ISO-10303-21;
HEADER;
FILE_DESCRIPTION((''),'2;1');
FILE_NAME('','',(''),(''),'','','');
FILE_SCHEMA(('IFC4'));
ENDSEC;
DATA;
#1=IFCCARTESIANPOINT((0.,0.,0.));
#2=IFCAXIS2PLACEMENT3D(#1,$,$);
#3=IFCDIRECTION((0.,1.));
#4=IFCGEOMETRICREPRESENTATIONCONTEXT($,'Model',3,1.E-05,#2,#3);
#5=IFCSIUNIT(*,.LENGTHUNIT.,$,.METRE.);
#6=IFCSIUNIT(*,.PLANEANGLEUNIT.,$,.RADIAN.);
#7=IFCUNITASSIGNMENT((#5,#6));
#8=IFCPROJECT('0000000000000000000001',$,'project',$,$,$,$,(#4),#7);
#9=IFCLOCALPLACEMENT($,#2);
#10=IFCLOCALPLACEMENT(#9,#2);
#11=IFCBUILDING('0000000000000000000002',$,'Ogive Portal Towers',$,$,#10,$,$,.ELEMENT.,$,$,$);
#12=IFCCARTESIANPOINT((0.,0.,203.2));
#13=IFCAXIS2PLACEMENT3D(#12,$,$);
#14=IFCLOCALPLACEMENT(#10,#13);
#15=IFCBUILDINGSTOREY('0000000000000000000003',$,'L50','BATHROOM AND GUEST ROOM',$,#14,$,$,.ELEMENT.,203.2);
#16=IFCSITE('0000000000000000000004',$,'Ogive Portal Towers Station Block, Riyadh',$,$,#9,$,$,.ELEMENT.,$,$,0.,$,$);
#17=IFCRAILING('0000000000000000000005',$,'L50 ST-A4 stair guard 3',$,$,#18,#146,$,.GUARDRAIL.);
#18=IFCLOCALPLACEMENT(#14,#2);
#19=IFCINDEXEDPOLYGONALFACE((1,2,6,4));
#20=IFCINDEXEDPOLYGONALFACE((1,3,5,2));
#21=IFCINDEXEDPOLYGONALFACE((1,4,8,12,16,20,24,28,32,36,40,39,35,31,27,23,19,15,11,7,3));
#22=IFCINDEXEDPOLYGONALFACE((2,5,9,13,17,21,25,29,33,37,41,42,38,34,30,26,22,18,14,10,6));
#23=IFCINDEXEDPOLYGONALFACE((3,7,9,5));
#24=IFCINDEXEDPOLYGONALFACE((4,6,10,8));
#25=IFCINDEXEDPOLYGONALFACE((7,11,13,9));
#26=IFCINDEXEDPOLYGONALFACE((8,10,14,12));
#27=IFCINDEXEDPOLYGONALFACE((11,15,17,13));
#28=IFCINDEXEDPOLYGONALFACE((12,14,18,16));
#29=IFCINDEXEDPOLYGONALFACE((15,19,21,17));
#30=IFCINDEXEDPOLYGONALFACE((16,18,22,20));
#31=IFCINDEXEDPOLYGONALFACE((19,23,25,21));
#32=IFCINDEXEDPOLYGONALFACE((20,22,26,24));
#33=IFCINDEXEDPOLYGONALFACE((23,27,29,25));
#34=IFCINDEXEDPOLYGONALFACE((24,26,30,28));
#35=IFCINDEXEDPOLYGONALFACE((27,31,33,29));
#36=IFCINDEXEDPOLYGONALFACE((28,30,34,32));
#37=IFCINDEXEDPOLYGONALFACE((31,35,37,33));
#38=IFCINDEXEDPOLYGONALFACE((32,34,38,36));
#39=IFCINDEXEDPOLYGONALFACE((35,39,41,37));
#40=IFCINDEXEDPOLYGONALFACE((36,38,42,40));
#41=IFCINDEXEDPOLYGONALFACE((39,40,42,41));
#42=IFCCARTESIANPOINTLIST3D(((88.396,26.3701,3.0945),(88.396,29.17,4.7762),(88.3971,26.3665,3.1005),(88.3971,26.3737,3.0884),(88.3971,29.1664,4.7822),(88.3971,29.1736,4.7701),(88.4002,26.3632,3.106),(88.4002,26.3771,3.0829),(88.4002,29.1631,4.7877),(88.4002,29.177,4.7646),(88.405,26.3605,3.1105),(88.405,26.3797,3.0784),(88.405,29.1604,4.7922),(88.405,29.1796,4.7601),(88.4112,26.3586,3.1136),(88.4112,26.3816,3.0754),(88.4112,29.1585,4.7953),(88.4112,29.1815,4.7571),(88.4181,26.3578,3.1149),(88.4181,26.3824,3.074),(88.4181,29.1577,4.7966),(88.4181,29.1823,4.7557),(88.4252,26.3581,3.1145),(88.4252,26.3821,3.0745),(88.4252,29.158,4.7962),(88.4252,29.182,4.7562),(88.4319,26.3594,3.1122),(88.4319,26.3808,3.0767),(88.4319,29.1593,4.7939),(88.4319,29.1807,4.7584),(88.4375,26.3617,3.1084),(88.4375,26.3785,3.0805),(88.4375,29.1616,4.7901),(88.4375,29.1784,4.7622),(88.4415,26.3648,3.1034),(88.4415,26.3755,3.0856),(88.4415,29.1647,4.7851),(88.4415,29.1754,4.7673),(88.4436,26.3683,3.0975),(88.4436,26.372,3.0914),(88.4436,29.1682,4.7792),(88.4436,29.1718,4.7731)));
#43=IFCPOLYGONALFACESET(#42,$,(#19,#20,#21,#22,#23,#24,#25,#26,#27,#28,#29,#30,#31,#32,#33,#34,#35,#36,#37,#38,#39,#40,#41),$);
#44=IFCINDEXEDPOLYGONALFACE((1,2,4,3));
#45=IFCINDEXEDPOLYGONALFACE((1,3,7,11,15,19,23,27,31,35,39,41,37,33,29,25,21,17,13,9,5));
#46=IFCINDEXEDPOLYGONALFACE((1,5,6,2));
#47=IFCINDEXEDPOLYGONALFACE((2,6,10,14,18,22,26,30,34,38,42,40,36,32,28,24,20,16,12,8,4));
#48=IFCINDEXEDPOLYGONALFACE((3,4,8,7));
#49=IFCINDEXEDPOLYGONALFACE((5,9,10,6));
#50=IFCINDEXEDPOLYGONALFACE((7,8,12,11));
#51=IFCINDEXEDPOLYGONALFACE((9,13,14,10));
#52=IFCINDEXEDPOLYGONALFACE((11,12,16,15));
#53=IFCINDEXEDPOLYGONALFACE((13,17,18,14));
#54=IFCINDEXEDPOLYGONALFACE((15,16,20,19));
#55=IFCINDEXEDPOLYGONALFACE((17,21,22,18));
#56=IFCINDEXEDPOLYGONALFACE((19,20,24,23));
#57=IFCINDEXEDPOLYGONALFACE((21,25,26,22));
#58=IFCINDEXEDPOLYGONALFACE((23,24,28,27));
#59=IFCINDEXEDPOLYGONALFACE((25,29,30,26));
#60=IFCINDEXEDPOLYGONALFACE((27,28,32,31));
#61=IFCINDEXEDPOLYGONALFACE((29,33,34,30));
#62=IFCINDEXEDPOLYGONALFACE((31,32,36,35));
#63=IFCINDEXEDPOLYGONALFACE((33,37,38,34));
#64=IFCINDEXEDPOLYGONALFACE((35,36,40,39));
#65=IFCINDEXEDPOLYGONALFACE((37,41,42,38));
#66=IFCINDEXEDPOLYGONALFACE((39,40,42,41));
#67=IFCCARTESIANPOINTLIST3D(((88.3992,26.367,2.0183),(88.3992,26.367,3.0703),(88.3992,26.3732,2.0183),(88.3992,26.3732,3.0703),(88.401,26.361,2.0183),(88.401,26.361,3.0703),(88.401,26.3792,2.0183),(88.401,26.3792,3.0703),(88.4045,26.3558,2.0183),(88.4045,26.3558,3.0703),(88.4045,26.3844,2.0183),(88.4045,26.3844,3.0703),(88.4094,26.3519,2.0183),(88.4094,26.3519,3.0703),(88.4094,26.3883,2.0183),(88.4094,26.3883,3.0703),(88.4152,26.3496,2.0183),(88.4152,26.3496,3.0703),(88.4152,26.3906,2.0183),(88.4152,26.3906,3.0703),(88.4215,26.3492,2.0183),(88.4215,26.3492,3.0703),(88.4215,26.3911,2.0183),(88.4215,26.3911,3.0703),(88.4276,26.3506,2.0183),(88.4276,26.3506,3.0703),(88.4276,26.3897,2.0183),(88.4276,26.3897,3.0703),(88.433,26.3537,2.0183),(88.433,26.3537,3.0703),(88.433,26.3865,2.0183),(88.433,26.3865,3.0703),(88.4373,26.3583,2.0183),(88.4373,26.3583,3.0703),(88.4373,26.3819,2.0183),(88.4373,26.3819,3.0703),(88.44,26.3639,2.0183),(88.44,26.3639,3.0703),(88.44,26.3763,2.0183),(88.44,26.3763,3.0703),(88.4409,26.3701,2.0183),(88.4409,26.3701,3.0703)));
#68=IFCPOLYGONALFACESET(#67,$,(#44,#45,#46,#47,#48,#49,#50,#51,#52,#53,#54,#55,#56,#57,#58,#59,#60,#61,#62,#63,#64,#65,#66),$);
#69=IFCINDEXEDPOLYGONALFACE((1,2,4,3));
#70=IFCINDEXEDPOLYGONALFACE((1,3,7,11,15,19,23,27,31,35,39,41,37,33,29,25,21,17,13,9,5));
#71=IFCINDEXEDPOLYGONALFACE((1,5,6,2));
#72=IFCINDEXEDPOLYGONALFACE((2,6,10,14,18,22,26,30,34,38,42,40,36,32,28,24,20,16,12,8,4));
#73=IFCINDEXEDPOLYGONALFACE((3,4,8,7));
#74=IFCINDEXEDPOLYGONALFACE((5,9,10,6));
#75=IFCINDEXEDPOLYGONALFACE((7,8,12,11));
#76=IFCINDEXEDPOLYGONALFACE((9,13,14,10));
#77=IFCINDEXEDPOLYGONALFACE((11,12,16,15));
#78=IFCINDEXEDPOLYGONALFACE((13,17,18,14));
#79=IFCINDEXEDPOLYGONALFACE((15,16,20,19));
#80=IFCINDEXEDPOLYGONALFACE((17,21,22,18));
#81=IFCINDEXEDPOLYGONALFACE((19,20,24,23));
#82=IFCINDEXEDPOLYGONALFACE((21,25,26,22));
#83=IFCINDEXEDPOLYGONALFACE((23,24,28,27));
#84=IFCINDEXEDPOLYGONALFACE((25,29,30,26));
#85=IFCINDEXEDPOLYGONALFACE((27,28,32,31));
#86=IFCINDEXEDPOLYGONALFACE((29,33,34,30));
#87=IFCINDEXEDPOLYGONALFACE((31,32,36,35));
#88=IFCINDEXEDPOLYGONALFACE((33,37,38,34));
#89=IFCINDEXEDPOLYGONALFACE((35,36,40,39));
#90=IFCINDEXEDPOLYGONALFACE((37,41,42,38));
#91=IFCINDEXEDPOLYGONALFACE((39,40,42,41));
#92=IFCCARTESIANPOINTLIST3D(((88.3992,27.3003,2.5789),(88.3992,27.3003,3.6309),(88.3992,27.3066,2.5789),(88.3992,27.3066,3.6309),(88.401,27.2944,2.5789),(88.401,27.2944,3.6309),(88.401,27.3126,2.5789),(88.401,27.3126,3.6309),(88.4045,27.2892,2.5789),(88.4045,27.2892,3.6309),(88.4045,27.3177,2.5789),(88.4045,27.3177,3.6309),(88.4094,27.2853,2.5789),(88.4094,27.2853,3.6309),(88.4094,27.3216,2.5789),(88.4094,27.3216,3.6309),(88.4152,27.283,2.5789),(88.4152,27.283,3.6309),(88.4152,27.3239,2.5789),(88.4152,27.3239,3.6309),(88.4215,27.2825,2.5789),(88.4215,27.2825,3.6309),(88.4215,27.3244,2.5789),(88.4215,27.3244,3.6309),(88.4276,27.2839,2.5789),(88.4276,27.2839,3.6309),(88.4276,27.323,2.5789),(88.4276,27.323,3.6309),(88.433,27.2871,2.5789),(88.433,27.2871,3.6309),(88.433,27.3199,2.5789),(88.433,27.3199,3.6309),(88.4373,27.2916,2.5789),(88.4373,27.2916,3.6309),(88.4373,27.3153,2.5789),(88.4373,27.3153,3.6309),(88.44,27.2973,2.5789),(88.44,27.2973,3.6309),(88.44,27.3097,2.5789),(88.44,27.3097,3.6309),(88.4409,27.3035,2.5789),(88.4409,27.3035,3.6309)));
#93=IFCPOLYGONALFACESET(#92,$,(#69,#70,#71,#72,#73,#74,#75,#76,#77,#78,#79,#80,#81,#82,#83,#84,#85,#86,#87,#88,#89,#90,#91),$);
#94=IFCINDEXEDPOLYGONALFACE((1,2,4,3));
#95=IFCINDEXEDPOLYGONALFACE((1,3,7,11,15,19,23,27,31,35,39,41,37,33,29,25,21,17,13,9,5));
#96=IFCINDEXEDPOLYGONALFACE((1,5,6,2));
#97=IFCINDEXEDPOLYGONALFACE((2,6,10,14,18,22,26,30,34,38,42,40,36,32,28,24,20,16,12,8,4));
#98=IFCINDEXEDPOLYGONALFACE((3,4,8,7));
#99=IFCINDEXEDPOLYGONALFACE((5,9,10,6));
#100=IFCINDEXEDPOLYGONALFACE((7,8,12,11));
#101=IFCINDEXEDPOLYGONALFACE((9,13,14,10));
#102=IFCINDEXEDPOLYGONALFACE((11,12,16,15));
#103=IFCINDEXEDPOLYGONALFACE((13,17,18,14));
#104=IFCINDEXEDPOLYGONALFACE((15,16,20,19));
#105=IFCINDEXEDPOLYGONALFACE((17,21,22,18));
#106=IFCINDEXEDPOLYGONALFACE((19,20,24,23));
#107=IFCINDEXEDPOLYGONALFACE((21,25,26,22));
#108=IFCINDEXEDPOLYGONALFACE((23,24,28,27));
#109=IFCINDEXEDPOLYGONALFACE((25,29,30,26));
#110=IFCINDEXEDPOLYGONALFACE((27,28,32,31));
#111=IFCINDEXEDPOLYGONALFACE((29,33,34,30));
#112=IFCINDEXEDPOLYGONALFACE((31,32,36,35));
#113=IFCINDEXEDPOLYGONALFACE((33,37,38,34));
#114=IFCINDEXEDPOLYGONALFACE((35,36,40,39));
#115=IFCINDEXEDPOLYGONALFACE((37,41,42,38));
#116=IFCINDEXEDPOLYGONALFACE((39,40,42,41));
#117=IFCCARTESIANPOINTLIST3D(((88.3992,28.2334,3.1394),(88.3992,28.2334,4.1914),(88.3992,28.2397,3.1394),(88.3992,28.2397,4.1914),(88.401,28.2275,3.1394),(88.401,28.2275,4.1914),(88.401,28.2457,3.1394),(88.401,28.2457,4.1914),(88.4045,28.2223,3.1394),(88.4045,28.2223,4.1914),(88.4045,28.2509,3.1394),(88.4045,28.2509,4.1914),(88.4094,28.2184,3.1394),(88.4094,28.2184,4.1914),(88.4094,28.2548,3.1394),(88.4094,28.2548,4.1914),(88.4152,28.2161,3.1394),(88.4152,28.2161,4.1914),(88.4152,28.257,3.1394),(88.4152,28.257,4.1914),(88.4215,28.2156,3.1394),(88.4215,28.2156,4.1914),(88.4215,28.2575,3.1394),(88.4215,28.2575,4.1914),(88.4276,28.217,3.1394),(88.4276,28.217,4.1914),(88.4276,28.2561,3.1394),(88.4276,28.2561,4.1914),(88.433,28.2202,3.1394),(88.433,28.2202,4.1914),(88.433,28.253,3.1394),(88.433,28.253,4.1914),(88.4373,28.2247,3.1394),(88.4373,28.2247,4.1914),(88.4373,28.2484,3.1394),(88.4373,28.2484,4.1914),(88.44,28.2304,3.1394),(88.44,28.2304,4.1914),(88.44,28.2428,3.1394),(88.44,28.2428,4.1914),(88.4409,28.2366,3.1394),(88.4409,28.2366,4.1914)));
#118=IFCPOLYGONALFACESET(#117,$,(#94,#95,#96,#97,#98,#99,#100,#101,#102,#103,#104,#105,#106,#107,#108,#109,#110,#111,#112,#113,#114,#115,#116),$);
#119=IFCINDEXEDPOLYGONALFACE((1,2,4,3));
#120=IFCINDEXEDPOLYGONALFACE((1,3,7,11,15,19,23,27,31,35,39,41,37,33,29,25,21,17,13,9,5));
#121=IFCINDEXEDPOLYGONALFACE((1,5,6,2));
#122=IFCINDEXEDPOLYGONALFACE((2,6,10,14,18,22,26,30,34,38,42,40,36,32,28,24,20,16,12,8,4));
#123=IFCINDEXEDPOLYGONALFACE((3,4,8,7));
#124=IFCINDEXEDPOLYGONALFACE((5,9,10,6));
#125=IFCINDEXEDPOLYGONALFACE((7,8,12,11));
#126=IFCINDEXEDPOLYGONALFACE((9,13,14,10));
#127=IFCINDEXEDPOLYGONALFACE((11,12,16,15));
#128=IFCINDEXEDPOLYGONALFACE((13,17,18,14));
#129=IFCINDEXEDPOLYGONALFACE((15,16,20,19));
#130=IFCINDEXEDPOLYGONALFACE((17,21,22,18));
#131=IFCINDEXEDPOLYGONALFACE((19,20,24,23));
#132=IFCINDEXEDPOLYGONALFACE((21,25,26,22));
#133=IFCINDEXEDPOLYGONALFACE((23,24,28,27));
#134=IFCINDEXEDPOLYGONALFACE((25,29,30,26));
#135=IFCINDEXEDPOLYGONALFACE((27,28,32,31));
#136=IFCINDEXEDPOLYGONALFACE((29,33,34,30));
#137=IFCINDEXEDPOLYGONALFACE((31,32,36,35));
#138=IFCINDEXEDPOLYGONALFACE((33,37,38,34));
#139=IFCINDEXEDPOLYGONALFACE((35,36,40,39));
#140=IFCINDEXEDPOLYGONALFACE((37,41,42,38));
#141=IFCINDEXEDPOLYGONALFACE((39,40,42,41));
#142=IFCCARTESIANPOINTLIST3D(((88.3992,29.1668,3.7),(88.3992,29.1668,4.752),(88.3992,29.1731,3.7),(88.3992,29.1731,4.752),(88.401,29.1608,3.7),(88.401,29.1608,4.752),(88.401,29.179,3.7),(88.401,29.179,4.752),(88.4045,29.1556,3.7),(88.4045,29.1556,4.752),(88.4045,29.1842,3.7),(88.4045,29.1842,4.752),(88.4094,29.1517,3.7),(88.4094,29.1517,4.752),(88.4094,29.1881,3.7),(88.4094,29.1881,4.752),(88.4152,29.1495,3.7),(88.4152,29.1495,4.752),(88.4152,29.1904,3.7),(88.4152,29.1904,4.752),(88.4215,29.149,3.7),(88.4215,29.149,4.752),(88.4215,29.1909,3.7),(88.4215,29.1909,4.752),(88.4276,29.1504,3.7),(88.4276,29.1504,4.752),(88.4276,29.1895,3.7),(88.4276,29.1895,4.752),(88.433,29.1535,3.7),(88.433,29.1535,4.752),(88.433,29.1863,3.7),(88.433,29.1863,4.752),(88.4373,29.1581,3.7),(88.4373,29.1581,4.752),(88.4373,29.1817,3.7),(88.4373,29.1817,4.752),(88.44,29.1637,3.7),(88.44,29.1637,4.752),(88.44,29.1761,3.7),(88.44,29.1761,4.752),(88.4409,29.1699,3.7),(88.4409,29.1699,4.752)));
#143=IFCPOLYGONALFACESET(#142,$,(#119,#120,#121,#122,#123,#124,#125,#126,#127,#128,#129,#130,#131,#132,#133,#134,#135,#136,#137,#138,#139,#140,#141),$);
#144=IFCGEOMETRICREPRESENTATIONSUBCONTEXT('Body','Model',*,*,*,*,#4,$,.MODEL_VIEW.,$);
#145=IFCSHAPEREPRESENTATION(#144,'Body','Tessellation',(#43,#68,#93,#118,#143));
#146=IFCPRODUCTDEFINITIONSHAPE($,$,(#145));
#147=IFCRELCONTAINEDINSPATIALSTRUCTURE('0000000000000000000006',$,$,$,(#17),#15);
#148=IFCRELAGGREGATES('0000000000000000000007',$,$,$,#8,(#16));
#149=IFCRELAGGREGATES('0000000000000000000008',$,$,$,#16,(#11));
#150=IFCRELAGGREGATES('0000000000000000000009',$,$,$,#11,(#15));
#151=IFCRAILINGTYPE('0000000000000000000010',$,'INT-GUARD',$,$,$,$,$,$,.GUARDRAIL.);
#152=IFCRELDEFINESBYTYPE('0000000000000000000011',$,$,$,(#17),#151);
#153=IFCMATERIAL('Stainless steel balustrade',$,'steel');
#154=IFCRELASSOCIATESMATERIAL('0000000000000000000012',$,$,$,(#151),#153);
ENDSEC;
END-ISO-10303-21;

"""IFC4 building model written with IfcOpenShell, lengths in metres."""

from ifc_helpers import new_model, si_unit, direction, frame, origin, origin_2d, place, context, subcontext, project, spatial, circle, extrude, material, type_object, element, save


model = new_model("IFC4")

# Units and contexts
model_context = context("Model", 3, precision=1e-05, world=origin(), true_north=direction((0.0, 1.0)))
body_context = subcontext(model_context, "Body", "Model", "MODEL_VIEW")
ifc_project = project(units=[si_unit("LENGTHUNIT", "METRE"), si_unit("PLANEANGLEUNIT", "RADIAN")], contexts=[model_context])

# Site, building, storey
site_placement = place(None, origin())
site = spatial("IfcSite", under=ifc_project, at=site_placement, Name="Ogive Portal Towers Station Block, Riyadh", CompositionType="ELEMENT", RefElevation=0.0)
building_placement = place(site_placement, origin())
building = spatial("IfcBuilding", under=site, at=building_placement, Name="Ogive Portal Towers", CompositionType="ELEMENT")
storey_placement = place(building_placement, frame((0.0, 0.0, 203.2)))
storey = spatial("IfcBuildingStorey", under=building, at=storey_placement, Name="L50", Description="BATHROOM AND GUEST ROOM", CompositionType="ELEMENT", Elevation=203.2)

# Railing
ifc_material_1 = material(Name="Stainless steel balustrade", Category="steel")
railing_type_1 = type_object("IfcRailingType", Name="INT-GUARD", PredefinedType="GUARDRAIL", material=ifc_material_1)
railing_1_placement = place(storey_placement, frame((88.4199, 26.3701, 2.0183)))
element("IfcRailing", 1, at=railing_1_placement, inside=storey, type_object=railing_type_1, Name="L50 ST-A4 stair guard 3", PredefinedType="GUARDRAIL", context=body_context, shape_type="SweptSolid", body=[
    extrude(circle(Radius=0.0239, at=origin_2d()), frame((0.0, 0.0, 1.0762), z_axis=(0.0, 0.857255, 0.514891), x_axis=(-1.0, 0.0, 0.0)), (0.0, 0.0, 1.0), 3.2661),
    extrude(circle(Radius=0.021, at=origin_2d()), origin(), (0.0, 0.0, 1.0), 1.052),
    extrude(circle(Radius=0.021, at=origin_2d()), frame((0.0, 0.9333, 0.5605)), (0.0, 0.0, 1.0), 1.052),
    extrude(circle(Radius=0.021, at=origin_2d()), frame((0.0, 1.8665, 1.1211)), (0.0, 0.0, 1.0), 1.052),
    extrude(circle(Radius=0.021, at=origin_2d()), frame((0.0, 2.7998, 1.6816)), (0.0, 0.0, 1.0), 1.052),
])

save(model, "model.ifc")
